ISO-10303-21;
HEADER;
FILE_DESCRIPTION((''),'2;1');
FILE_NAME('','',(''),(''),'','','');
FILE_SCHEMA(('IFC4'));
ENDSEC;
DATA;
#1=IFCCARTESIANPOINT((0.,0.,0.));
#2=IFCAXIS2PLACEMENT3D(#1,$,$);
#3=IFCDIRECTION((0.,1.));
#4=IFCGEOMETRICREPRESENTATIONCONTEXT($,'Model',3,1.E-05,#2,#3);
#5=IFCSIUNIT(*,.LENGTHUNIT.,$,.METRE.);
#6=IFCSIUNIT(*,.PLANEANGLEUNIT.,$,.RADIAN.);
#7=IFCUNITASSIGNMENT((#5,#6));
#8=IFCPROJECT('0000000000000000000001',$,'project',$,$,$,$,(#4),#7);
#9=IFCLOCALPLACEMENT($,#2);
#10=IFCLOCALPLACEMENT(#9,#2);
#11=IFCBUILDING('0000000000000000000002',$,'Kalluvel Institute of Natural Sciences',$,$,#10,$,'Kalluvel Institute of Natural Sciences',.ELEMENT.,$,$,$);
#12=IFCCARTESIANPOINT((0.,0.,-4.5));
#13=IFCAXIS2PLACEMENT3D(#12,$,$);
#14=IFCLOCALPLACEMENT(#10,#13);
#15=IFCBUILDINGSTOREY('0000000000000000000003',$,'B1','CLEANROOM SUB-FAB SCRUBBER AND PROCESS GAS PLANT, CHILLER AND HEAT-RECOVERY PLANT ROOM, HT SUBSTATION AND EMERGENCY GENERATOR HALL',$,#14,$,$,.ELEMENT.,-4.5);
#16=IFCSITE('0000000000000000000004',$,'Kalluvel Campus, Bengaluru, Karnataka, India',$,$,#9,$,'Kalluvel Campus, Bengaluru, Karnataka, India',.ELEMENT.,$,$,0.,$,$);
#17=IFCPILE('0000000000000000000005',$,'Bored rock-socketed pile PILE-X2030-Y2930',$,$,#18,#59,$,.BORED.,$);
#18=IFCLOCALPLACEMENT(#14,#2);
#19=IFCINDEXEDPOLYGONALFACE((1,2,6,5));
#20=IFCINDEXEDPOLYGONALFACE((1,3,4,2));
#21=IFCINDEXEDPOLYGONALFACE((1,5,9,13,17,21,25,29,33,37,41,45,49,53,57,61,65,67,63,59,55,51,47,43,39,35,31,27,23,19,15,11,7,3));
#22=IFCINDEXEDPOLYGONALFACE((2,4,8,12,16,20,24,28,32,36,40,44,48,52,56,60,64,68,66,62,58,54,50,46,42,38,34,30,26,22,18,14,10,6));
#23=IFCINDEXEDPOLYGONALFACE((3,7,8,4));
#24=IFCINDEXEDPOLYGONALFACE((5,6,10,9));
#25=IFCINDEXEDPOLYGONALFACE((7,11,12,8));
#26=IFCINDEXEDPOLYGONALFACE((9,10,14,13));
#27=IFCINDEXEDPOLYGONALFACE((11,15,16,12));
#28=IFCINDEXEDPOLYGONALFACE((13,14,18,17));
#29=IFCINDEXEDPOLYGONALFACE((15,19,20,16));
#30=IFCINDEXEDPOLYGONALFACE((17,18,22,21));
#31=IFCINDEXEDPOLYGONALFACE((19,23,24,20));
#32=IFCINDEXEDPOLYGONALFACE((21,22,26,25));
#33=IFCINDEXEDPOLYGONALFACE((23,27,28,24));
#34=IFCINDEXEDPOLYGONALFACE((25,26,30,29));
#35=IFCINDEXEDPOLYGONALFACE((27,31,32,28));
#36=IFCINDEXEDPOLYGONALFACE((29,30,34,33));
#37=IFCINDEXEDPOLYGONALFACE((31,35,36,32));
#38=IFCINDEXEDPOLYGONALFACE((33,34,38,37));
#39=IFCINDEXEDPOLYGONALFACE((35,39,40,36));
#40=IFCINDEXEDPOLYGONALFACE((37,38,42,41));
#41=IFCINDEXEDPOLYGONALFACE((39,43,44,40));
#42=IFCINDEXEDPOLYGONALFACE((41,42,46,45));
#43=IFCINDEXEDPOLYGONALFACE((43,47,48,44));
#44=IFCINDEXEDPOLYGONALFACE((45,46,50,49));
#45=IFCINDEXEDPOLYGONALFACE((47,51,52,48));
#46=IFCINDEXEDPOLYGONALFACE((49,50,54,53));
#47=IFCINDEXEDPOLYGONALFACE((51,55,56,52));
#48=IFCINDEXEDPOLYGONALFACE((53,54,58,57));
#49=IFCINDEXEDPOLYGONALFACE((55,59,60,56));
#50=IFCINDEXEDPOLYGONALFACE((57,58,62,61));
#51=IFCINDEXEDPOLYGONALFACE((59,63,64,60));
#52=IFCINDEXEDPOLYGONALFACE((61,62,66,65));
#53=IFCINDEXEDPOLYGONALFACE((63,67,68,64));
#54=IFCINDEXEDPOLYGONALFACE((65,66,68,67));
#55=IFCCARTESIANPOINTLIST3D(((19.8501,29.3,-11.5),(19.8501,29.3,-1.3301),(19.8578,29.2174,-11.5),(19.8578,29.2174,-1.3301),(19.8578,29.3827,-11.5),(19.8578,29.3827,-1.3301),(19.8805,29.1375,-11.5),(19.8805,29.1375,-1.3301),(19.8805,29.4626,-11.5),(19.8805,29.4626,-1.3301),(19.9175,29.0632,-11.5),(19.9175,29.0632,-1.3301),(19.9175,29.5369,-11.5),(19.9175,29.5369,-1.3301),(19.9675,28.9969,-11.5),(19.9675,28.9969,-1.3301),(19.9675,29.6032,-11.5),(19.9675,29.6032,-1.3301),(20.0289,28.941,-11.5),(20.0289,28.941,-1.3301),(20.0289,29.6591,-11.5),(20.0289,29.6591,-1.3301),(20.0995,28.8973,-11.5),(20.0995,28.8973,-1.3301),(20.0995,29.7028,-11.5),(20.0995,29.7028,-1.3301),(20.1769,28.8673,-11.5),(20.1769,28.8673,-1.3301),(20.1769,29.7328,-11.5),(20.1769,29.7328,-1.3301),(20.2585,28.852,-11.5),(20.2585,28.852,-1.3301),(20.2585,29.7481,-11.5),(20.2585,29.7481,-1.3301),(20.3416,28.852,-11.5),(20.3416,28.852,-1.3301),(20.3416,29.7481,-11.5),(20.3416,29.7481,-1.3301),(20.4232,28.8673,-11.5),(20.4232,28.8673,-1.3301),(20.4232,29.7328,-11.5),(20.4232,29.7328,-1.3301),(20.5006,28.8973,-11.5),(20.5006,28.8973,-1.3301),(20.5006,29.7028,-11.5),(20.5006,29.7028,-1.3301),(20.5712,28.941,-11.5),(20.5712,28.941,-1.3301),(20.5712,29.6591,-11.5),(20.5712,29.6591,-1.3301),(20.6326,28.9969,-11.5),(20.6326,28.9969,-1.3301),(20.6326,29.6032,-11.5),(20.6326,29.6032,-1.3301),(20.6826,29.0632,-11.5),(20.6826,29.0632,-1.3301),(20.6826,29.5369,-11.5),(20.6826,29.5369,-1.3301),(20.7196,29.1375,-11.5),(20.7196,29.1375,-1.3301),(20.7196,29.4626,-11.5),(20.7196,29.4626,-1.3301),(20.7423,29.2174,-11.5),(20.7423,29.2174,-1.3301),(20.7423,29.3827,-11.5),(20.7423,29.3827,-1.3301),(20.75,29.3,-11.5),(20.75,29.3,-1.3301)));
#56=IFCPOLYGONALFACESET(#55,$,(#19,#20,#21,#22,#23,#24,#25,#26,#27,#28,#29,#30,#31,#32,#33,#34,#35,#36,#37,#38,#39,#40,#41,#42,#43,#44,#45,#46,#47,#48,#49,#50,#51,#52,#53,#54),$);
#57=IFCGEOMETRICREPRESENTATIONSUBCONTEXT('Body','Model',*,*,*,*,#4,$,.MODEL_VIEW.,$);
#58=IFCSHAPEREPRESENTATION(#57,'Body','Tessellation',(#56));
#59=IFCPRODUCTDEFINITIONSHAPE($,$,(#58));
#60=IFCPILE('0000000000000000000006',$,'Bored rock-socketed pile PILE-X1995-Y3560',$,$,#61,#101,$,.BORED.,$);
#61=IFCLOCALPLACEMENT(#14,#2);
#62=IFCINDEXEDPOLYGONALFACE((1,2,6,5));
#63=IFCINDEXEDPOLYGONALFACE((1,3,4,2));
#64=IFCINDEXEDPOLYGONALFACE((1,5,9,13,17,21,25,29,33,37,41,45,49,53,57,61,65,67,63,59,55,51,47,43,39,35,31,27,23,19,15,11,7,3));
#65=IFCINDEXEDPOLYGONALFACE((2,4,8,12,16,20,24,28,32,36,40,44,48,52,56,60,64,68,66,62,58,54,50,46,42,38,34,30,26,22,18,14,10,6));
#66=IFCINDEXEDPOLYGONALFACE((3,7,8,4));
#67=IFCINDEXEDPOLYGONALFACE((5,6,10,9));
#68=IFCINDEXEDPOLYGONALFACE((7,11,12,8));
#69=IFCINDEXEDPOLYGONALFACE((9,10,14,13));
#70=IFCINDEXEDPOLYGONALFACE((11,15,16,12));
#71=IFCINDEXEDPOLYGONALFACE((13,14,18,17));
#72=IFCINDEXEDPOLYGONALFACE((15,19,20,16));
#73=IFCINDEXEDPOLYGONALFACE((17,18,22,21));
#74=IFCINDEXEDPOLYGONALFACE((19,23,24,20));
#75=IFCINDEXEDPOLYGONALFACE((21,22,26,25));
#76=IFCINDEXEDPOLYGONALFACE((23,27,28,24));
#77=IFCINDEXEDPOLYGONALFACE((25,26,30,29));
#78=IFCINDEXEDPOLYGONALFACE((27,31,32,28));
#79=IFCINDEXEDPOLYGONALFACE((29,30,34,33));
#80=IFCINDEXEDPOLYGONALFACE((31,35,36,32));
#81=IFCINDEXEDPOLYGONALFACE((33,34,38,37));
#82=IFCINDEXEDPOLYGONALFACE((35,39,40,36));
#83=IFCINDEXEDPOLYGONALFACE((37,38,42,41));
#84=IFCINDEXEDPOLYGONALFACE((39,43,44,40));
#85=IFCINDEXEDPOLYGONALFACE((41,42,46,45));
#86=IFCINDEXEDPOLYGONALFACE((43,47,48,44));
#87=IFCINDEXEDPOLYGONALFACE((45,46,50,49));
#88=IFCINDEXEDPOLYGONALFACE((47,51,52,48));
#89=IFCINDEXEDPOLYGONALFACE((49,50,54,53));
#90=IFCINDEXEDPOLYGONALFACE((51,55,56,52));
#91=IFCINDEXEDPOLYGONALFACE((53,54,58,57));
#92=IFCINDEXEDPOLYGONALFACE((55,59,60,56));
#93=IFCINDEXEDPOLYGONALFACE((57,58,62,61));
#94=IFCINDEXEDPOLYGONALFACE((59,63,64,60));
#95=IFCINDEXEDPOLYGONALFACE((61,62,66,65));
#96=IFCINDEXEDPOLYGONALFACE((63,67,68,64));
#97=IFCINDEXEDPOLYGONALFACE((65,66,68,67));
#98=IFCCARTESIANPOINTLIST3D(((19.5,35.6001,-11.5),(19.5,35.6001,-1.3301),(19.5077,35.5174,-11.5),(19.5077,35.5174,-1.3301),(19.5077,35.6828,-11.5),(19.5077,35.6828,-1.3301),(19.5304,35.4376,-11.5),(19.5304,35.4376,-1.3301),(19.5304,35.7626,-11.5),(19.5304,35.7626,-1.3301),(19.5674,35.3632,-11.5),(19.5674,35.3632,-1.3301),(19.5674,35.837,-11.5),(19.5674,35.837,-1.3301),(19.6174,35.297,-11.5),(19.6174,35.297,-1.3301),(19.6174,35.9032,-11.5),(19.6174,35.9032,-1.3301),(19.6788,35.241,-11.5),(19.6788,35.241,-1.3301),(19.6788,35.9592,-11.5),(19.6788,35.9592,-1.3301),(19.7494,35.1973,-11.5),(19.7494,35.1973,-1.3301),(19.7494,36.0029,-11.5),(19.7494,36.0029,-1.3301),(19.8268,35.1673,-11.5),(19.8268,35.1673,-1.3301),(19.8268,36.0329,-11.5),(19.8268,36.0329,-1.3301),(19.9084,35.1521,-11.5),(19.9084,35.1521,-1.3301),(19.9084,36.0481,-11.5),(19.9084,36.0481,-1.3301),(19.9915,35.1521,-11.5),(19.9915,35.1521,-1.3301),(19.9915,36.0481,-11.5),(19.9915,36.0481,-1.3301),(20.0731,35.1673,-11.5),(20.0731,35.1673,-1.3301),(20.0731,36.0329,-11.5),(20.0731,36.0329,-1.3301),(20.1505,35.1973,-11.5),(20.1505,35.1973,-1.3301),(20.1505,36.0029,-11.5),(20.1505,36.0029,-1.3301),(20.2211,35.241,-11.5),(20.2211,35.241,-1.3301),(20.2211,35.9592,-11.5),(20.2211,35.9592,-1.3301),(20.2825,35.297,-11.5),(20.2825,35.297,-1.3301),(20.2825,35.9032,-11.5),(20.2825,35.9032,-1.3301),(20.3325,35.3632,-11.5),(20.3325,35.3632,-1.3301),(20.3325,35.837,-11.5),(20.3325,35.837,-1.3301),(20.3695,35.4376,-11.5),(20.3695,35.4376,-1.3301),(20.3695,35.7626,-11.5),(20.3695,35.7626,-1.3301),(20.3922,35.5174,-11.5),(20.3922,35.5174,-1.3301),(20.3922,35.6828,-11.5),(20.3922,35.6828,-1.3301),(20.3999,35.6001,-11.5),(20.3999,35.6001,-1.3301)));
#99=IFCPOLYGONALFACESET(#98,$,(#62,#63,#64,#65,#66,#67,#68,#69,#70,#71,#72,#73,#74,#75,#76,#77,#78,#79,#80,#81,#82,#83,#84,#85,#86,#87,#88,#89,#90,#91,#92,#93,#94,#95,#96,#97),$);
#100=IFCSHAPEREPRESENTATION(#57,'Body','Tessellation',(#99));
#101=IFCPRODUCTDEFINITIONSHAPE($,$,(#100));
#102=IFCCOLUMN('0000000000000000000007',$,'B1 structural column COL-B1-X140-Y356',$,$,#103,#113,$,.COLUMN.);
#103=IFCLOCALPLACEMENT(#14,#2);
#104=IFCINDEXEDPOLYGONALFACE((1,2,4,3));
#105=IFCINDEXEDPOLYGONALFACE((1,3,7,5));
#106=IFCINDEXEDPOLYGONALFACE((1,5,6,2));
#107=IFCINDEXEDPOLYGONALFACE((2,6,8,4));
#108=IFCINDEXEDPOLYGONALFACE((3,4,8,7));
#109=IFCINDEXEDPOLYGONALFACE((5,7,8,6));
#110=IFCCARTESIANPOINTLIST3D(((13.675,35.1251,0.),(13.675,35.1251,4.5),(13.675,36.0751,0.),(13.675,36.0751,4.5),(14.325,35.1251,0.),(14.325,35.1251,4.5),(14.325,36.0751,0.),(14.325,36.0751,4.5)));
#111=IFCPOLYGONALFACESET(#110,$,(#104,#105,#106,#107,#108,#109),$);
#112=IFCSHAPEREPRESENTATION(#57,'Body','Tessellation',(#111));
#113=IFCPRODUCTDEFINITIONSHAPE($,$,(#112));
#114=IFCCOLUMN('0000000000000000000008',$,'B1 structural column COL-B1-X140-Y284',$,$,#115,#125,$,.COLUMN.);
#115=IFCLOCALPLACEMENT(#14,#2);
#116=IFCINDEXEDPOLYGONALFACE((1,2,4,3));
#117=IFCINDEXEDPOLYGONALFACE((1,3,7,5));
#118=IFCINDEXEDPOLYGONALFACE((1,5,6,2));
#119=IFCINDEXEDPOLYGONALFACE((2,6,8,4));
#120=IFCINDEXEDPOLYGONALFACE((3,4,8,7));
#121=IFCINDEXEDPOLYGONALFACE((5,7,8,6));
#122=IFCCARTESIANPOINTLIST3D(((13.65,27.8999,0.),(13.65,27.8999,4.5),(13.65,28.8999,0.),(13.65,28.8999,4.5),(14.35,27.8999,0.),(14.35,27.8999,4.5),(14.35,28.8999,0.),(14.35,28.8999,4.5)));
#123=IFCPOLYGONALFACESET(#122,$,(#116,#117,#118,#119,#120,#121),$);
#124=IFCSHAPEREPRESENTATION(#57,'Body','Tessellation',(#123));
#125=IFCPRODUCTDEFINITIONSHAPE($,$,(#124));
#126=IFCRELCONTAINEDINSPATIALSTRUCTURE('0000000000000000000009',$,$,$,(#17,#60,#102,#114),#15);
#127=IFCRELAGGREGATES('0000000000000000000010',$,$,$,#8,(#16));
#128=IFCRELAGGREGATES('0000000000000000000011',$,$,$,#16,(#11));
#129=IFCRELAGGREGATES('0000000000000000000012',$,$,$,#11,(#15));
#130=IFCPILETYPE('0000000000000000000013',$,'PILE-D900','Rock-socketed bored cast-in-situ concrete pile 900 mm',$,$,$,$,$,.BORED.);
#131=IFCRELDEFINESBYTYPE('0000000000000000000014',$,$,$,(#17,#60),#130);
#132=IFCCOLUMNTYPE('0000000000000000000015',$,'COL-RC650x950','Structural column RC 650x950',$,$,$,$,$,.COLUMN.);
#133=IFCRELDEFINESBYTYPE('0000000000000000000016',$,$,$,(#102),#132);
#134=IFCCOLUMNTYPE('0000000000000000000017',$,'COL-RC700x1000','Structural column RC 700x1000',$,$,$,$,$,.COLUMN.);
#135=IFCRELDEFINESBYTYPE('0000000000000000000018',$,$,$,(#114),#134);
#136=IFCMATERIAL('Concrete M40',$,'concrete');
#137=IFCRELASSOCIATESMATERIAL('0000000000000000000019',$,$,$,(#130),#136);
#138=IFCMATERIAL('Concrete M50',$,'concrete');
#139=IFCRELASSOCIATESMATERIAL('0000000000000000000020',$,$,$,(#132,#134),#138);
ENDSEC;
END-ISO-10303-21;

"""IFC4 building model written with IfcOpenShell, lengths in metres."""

from ifc_helpers import new_model, si_unit, direction, frame, origin, origin_2d, place, context, subcontext, project, spatial, rectangle, circle, extrude, material, material_profile, profile_set, type_object, element, save


model = new_model("IFC4")

# Units and contexts
model_context = context("Model", 3, precision=1e-05, world=origin(), true_north=direction((0.0, 1.0)))
body_context = subcontext(model_context, "Body", "Model", "MODEL_VIEW")
ifc_project = project(units=[si_unit("LENGTHUNIT", "METRE"), si_unit("PLANEANGLEUNIT", "RADIAN")], contexts=[model_context])

# Site, building, storey
site_placement = place(None, origin())
site = spatial("IfcSite", under=ifc_project, at=site_placement, Name="Kalluvel Campus, Bengaluru, Karnataka, India", LongName="Kalluvel Campus, Bengaluru, Karnataka, India", CompositionType="ELEMENT", RefElevation=0.0)
building_placement = place(site_placement, origin())
building = spatial("IfcBuilding", under=site, at=building_placement, Name="Kalluvel Institute of Natural Sciences", LongName="Kalluvel Institute of Natural Sciences", CompositionType="ELEMENT")
storey_placement = place(building_placement, frame((0.0, 0.0, -4.5)))
storey = spatial("IfcBuildingStorey", under=building, at=storey_placement, Name="B1", Description="CLEANROOM SUB-FAB SCRUBBER AND PROCESS GAS PLANT, CHILLER AND HEAT-RECOVERY PLANT ROOM, HT SUBSTATION AND EMERGENCY GENERATOR HALL", CompositionType="ELEMENT", Elevation=-4.5)

# Shared definitions
ifc_material_1 = material(Name="Concrete M40", Category="concrete")

# Piles
ifc_material_profile_1 = material_profile(ifc_material_1, circle(Radius=0.45, at=origin_2d()), Name="PILE D900")
ifc_profile_set_1 = profile_set([ifc_material_profile_1], Name="Concrete M40")
pile_type_1 = type_object("IfcPileType", Name="PILE-D900", Description="Rock-socketed bored cast-in-situ concrete pile 900 mm", PredefinedType="BORED", material=ifc_profile_set_1)
for number, where, z_axis, x_axis, name in (
    (1, (20.3, 29.3, -1.3301), (0.0, 0.0, -1.0), (1.0, 0.0, 0.0), "Bored rock-socketed pile PILE-X2030-Y2930"),
    (2, (19.95, 35.6001, -1.3301), (0.0, 0.0, -1.0), (1.0, 0.0, 0.0), "Bored rock-socketed pile PILE-X1995-Y3560"),
):
    element("IfcPile", number, at=place(storey_placement, frame(where, z_axis=z_axis, x_axis=x_axis)), inside=storey, type_object=pile_type_1, Name=name, PredefinedType="BORED", context=body_context, shape_type="SweptSolid", body=[
        extrude(circle(Radius=0.45, at=origin_2d()), origin(), (0.0, 0.0, 1.0), 10.1699),
    ])

# Columns
ifc_material_2 = material(Name="Concrete M50", Category="concrete")
ifc_material_profile_2 = material_profile(ifc_material_2, rectangle(XDim=0.6499, YDim=0.95, at=origin_2d()), Name="RC 650x950")
ifc_profile_set_2 = profile_set([ifc_material_profile_2], Name="Concrete M50")
column_type_1 = type_object("IfcColumnType", Name="COL-RC650x950", Description="Structural column RC 650x950", PredefinedType="COLUMN", material=ifc_profile_set_2)
column_1_placement = place(storey_placement, frame((14.0, 35.6001, 0.0), z_axis=(0.0, 0.0, 1.0), x_axis=(1.0, 0.0, 0.0)))
element("IfcColumn", 3, at=column_1_placement, inside=storey, type_object=column_type_1, Name="B1 structural column COL-B1-X140-Y356", PredefinedType="COLUMN", context=body_context, shape_type="SweptSolid", body=[
    extrude(rectangle(XDim=0.6499, YDim=0.95, at=origin_2d()), origin(), (0.0, 0.0, 1.0), 4.5),
])
ifc_material_profile_3 = material_profile(ifc_material_2, rectangle(XDim=0.7, YDim=1.0, at=origin_2d()), Name="RC 700x1000")
ifc_profile_set_3 = profile_set([ifc_material_profile_3], Name="Concrete M50")
column_type_2 = type_object("IfcColumnType", Name="COL-RC700x1000", Description="Structural column RC 700x1000", PredefinedType="COLUMN", material=ifc_profile_set_3)
column_2_placement = place(storey_placement, frame((14.0, 28.3999, 0.0), z_axis=(0.0, 0.0, 1.0), x_axis=(1.0, 0.0, 0.0)))
element("IfcColumn", 4, at=column_2_placement, inside=storey, type_object=column_type_2, Name="B1 structural column COL-B1-X140-Y284", PredefinedType="COLUMN", context=body_context, shape_type="SweptSolid", body=[
    extrude(rectangle(XDim=0.7, YDim=1.0, at=origin_2d()), origin(), (0.0, 0.0, 1.0), 4.5),
])

save(model, "model.ifc")
